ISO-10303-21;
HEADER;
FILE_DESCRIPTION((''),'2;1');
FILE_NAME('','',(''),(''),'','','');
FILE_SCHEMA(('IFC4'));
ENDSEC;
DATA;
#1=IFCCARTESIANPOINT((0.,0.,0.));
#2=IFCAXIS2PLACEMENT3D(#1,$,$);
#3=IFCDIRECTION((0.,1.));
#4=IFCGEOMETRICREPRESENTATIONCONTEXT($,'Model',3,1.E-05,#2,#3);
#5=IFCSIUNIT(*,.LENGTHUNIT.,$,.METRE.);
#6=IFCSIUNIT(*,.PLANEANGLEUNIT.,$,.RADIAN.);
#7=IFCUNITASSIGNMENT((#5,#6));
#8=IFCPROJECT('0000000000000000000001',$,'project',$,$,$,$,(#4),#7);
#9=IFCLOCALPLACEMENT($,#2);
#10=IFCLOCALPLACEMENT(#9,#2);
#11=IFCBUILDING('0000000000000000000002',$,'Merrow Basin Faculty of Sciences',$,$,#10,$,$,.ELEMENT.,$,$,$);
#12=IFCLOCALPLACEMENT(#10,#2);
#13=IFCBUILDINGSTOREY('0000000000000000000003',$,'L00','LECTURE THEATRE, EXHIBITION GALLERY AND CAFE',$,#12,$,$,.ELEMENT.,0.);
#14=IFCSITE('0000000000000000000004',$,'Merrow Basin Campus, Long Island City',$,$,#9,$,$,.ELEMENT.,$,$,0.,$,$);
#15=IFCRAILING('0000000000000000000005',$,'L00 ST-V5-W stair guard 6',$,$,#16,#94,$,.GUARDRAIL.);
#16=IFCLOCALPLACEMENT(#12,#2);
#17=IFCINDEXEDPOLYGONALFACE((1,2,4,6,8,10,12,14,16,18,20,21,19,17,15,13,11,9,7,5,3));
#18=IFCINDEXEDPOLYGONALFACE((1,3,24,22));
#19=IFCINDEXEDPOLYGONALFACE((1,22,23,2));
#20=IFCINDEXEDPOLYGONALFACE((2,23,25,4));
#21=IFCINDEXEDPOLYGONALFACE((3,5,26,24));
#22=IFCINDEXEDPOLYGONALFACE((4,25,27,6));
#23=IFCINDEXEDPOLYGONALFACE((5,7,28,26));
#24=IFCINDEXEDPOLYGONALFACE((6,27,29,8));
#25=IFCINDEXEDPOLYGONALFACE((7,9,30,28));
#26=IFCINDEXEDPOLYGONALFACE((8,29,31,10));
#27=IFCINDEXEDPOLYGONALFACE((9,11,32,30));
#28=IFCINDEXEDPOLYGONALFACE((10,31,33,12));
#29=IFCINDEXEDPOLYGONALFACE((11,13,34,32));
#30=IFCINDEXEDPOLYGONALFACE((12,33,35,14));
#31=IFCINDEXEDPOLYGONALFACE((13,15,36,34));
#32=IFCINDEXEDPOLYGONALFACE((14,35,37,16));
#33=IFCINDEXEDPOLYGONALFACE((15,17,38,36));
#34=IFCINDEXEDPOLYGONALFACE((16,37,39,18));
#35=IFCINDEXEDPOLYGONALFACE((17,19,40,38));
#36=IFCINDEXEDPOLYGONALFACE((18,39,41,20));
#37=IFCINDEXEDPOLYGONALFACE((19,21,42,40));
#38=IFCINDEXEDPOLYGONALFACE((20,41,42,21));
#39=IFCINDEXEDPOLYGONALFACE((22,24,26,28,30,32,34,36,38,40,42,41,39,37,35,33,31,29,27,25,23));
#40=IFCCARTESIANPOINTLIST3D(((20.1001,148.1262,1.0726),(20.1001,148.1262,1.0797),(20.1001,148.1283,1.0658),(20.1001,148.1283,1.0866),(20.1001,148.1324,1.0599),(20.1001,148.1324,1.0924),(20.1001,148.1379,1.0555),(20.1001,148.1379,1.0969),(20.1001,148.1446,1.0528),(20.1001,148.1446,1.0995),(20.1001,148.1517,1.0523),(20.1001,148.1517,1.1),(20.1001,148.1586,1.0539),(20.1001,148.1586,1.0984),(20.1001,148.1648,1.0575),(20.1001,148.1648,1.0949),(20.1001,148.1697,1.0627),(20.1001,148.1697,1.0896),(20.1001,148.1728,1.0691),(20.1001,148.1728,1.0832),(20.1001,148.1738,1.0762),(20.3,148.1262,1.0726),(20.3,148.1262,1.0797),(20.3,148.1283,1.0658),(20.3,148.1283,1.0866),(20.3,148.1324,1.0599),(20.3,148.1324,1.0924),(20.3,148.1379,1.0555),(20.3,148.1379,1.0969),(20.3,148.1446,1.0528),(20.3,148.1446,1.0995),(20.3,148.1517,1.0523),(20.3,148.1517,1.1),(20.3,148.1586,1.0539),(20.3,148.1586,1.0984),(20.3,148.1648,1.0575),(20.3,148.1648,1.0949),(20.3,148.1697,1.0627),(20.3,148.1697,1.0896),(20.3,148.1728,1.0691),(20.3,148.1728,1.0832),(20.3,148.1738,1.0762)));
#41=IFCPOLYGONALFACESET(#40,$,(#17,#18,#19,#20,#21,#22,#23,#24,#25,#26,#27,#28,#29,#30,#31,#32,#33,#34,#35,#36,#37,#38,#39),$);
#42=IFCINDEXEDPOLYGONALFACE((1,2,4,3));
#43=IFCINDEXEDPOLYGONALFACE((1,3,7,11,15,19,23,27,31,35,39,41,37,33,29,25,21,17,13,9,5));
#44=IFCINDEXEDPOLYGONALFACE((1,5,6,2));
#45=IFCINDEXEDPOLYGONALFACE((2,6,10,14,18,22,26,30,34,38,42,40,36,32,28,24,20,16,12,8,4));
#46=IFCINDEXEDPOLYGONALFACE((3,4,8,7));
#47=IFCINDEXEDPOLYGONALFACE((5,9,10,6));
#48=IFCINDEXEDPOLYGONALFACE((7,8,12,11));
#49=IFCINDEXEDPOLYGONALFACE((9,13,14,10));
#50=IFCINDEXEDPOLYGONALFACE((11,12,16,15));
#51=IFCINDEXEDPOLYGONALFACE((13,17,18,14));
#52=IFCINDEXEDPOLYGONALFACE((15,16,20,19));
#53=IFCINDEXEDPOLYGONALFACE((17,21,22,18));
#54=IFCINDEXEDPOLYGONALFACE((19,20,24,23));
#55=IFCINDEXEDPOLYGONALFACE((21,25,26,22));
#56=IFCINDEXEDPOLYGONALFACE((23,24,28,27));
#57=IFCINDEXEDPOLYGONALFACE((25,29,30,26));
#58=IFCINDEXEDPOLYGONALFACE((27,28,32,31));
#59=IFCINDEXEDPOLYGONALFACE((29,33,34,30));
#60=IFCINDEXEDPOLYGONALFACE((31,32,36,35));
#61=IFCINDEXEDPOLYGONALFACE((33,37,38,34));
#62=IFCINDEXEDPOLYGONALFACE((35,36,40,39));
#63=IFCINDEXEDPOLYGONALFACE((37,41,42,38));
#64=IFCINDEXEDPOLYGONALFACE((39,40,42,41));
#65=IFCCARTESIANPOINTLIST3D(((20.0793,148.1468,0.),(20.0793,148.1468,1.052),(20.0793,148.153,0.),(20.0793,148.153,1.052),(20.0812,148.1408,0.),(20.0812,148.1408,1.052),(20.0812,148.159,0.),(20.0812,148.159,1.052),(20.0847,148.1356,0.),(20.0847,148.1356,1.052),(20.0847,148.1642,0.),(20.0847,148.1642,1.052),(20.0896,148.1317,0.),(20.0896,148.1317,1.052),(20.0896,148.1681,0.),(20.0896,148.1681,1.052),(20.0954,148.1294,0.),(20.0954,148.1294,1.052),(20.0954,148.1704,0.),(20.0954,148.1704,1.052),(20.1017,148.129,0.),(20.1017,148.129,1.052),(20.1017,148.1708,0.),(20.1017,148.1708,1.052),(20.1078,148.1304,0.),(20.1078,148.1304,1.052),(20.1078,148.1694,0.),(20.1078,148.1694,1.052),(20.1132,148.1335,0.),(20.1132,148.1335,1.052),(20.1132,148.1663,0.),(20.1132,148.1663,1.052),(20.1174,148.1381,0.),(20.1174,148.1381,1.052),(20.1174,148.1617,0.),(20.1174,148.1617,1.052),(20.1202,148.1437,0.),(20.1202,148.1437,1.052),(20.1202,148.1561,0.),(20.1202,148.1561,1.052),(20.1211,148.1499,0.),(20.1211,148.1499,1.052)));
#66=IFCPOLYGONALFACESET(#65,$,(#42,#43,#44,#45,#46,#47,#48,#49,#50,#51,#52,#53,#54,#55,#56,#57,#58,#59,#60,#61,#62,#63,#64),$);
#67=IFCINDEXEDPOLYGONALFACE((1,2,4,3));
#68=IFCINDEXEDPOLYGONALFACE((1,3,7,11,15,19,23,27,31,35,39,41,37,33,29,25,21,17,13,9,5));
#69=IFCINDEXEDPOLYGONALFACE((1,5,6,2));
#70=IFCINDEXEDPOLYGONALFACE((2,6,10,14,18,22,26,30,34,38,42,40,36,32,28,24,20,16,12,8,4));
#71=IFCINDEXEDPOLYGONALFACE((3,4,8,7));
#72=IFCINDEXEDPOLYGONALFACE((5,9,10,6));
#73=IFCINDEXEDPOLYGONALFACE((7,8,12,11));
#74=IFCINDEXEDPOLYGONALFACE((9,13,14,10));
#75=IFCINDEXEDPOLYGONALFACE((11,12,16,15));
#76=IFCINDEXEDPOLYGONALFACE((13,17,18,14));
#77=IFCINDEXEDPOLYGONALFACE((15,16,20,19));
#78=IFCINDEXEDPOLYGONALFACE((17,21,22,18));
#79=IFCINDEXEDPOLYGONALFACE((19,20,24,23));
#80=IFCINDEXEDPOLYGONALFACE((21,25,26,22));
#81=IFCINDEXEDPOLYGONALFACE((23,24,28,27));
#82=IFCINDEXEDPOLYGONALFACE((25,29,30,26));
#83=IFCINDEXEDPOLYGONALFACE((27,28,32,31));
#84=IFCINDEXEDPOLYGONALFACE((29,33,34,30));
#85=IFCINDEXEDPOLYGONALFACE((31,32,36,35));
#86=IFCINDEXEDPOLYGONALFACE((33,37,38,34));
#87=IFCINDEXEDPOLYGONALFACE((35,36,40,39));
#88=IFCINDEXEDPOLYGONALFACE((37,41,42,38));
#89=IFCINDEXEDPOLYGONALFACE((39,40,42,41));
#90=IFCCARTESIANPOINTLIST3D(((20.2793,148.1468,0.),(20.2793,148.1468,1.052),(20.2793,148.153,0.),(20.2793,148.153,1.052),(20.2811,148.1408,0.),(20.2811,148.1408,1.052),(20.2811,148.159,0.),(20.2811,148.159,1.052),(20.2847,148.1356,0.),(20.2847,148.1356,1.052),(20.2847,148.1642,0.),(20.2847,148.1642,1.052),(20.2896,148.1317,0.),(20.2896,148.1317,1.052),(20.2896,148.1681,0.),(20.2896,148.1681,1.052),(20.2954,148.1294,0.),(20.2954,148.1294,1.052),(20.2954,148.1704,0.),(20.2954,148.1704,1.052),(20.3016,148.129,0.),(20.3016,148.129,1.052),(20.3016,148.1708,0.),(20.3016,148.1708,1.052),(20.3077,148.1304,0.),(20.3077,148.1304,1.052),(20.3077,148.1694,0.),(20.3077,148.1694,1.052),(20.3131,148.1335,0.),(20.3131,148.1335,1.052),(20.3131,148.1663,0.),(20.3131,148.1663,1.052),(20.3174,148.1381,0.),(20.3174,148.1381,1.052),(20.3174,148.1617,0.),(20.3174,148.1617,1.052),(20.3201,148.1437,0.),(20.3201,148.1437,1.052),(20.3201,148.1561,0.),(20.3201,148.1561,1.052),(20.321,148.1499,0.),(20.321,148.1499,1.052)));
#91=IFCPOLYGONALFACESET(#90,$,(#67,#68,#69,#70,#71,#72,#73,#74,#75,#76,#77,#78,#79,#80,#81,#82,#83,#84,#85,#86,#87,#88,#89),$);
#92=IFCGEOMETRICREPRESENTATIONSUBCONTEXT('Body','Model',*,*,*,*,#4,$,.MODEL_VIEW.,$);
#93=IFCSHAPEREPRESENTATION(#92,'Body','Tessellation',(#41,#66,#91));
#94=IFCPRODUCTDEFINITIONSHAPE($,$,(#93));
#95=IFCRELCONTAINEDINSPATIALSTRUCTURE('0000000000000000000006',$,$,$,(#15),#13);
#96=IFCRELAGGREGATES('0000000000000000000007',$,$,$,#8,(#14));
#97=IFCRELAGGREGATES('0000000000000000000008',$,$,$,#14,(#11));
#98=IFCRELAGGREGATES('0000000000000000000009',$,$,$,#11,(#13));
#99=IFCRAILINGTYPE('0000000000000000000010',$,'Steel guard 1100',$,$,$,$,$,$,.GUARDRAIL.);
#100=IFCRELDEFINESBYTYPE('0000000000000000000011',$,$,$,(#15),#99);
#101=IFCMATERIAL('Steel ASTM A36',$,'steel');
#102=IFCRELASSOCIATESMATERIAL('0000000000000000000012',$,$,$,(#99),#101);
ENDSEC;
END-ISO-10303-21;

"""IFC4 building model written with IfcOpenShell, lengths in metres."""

from ifc_helpers import new_model, si_unit, direction, frame, origin, origin_2d, place, context, subcontext, project, spatial, circle, extrude, material, type_object, element, save


model = new_model("IFC4")

# Units and contexts
model_context = context("Model", 3, precision=1e-05, world=origin(), true_north=direction((0.0, 1.0)))
body_context = subcontext(model_context, "Body", "Model", "MODEL_VIEW")
ifc_project = project(units=[si_unit("LENGTHUNIT", "METRE"), si_unit("PLANEANGLEUNIT", "RADIAN")], contexts=[model_context])

# Site, building, storey
site_placement = place(None, origin())
site = spatial("IfcSite", under=ifc_project, at=site_placement, Name="Merrow Basin Campus, Long Island City", CompositionType="ELEMENT", RefElevation=0.0)
building_placement = place(site_placement, origin())
building = spatial("IfcBuilding", under=site, at=building_placement, Name="Merrow Basin Faculty of Sciences", CompositionType="ELEMENT")
storey_placement = place(building_placement, origin())
storey = spatial("IfcBuildingStorey", under=building, at=storey_placement, Name="L00", Description="LECTURE THEATRE, EXHIBITION GALLERY AND CAFE", CompositionType="ELEMENT", Elevation=0.0)

# Railing
ifc_material_1 = material(Name="Steel ASTM A36", Category="steel")
railing_type_1 = type_object("IfcRailingType", Name="Steel guard 1100", PredefinedType="GUARDRAIL", material=ifc_material_1)
railing_1_placement = place(storey_placement, frame((20.1001, 148.1499, 0.0)))
element("IfcRailing", 1, at=railing_1_placement, inside=storey, type_object=railing_type_1, Name="L00 ST-V5-W stair guard 6", PredefinedType="GUARDRAIL", context=body_context, shape_type="SweptSolid", body=[
    extrude(circle(Radius=0.0239, at=origin_2d()), frame((0.0, 0.0, 1.0762), z_axis=(1.0, 0.0, 0.0), x_axis=(0.0, 1.0, 0.0)), (0.0, 0.0, 1.0), 0.2),
    extrude(circle(Radius=0.021, at=origin_2d()), origin(), (0.0, 0.0, 1.0), 1.052),
    extrude(circle(Radius=0.021, at=origin_2d()), frame((0.2, 0.0, 0.0)), (0.0, 0.0, 1.0), 1.052),
])

save(model, "model.ifc")
